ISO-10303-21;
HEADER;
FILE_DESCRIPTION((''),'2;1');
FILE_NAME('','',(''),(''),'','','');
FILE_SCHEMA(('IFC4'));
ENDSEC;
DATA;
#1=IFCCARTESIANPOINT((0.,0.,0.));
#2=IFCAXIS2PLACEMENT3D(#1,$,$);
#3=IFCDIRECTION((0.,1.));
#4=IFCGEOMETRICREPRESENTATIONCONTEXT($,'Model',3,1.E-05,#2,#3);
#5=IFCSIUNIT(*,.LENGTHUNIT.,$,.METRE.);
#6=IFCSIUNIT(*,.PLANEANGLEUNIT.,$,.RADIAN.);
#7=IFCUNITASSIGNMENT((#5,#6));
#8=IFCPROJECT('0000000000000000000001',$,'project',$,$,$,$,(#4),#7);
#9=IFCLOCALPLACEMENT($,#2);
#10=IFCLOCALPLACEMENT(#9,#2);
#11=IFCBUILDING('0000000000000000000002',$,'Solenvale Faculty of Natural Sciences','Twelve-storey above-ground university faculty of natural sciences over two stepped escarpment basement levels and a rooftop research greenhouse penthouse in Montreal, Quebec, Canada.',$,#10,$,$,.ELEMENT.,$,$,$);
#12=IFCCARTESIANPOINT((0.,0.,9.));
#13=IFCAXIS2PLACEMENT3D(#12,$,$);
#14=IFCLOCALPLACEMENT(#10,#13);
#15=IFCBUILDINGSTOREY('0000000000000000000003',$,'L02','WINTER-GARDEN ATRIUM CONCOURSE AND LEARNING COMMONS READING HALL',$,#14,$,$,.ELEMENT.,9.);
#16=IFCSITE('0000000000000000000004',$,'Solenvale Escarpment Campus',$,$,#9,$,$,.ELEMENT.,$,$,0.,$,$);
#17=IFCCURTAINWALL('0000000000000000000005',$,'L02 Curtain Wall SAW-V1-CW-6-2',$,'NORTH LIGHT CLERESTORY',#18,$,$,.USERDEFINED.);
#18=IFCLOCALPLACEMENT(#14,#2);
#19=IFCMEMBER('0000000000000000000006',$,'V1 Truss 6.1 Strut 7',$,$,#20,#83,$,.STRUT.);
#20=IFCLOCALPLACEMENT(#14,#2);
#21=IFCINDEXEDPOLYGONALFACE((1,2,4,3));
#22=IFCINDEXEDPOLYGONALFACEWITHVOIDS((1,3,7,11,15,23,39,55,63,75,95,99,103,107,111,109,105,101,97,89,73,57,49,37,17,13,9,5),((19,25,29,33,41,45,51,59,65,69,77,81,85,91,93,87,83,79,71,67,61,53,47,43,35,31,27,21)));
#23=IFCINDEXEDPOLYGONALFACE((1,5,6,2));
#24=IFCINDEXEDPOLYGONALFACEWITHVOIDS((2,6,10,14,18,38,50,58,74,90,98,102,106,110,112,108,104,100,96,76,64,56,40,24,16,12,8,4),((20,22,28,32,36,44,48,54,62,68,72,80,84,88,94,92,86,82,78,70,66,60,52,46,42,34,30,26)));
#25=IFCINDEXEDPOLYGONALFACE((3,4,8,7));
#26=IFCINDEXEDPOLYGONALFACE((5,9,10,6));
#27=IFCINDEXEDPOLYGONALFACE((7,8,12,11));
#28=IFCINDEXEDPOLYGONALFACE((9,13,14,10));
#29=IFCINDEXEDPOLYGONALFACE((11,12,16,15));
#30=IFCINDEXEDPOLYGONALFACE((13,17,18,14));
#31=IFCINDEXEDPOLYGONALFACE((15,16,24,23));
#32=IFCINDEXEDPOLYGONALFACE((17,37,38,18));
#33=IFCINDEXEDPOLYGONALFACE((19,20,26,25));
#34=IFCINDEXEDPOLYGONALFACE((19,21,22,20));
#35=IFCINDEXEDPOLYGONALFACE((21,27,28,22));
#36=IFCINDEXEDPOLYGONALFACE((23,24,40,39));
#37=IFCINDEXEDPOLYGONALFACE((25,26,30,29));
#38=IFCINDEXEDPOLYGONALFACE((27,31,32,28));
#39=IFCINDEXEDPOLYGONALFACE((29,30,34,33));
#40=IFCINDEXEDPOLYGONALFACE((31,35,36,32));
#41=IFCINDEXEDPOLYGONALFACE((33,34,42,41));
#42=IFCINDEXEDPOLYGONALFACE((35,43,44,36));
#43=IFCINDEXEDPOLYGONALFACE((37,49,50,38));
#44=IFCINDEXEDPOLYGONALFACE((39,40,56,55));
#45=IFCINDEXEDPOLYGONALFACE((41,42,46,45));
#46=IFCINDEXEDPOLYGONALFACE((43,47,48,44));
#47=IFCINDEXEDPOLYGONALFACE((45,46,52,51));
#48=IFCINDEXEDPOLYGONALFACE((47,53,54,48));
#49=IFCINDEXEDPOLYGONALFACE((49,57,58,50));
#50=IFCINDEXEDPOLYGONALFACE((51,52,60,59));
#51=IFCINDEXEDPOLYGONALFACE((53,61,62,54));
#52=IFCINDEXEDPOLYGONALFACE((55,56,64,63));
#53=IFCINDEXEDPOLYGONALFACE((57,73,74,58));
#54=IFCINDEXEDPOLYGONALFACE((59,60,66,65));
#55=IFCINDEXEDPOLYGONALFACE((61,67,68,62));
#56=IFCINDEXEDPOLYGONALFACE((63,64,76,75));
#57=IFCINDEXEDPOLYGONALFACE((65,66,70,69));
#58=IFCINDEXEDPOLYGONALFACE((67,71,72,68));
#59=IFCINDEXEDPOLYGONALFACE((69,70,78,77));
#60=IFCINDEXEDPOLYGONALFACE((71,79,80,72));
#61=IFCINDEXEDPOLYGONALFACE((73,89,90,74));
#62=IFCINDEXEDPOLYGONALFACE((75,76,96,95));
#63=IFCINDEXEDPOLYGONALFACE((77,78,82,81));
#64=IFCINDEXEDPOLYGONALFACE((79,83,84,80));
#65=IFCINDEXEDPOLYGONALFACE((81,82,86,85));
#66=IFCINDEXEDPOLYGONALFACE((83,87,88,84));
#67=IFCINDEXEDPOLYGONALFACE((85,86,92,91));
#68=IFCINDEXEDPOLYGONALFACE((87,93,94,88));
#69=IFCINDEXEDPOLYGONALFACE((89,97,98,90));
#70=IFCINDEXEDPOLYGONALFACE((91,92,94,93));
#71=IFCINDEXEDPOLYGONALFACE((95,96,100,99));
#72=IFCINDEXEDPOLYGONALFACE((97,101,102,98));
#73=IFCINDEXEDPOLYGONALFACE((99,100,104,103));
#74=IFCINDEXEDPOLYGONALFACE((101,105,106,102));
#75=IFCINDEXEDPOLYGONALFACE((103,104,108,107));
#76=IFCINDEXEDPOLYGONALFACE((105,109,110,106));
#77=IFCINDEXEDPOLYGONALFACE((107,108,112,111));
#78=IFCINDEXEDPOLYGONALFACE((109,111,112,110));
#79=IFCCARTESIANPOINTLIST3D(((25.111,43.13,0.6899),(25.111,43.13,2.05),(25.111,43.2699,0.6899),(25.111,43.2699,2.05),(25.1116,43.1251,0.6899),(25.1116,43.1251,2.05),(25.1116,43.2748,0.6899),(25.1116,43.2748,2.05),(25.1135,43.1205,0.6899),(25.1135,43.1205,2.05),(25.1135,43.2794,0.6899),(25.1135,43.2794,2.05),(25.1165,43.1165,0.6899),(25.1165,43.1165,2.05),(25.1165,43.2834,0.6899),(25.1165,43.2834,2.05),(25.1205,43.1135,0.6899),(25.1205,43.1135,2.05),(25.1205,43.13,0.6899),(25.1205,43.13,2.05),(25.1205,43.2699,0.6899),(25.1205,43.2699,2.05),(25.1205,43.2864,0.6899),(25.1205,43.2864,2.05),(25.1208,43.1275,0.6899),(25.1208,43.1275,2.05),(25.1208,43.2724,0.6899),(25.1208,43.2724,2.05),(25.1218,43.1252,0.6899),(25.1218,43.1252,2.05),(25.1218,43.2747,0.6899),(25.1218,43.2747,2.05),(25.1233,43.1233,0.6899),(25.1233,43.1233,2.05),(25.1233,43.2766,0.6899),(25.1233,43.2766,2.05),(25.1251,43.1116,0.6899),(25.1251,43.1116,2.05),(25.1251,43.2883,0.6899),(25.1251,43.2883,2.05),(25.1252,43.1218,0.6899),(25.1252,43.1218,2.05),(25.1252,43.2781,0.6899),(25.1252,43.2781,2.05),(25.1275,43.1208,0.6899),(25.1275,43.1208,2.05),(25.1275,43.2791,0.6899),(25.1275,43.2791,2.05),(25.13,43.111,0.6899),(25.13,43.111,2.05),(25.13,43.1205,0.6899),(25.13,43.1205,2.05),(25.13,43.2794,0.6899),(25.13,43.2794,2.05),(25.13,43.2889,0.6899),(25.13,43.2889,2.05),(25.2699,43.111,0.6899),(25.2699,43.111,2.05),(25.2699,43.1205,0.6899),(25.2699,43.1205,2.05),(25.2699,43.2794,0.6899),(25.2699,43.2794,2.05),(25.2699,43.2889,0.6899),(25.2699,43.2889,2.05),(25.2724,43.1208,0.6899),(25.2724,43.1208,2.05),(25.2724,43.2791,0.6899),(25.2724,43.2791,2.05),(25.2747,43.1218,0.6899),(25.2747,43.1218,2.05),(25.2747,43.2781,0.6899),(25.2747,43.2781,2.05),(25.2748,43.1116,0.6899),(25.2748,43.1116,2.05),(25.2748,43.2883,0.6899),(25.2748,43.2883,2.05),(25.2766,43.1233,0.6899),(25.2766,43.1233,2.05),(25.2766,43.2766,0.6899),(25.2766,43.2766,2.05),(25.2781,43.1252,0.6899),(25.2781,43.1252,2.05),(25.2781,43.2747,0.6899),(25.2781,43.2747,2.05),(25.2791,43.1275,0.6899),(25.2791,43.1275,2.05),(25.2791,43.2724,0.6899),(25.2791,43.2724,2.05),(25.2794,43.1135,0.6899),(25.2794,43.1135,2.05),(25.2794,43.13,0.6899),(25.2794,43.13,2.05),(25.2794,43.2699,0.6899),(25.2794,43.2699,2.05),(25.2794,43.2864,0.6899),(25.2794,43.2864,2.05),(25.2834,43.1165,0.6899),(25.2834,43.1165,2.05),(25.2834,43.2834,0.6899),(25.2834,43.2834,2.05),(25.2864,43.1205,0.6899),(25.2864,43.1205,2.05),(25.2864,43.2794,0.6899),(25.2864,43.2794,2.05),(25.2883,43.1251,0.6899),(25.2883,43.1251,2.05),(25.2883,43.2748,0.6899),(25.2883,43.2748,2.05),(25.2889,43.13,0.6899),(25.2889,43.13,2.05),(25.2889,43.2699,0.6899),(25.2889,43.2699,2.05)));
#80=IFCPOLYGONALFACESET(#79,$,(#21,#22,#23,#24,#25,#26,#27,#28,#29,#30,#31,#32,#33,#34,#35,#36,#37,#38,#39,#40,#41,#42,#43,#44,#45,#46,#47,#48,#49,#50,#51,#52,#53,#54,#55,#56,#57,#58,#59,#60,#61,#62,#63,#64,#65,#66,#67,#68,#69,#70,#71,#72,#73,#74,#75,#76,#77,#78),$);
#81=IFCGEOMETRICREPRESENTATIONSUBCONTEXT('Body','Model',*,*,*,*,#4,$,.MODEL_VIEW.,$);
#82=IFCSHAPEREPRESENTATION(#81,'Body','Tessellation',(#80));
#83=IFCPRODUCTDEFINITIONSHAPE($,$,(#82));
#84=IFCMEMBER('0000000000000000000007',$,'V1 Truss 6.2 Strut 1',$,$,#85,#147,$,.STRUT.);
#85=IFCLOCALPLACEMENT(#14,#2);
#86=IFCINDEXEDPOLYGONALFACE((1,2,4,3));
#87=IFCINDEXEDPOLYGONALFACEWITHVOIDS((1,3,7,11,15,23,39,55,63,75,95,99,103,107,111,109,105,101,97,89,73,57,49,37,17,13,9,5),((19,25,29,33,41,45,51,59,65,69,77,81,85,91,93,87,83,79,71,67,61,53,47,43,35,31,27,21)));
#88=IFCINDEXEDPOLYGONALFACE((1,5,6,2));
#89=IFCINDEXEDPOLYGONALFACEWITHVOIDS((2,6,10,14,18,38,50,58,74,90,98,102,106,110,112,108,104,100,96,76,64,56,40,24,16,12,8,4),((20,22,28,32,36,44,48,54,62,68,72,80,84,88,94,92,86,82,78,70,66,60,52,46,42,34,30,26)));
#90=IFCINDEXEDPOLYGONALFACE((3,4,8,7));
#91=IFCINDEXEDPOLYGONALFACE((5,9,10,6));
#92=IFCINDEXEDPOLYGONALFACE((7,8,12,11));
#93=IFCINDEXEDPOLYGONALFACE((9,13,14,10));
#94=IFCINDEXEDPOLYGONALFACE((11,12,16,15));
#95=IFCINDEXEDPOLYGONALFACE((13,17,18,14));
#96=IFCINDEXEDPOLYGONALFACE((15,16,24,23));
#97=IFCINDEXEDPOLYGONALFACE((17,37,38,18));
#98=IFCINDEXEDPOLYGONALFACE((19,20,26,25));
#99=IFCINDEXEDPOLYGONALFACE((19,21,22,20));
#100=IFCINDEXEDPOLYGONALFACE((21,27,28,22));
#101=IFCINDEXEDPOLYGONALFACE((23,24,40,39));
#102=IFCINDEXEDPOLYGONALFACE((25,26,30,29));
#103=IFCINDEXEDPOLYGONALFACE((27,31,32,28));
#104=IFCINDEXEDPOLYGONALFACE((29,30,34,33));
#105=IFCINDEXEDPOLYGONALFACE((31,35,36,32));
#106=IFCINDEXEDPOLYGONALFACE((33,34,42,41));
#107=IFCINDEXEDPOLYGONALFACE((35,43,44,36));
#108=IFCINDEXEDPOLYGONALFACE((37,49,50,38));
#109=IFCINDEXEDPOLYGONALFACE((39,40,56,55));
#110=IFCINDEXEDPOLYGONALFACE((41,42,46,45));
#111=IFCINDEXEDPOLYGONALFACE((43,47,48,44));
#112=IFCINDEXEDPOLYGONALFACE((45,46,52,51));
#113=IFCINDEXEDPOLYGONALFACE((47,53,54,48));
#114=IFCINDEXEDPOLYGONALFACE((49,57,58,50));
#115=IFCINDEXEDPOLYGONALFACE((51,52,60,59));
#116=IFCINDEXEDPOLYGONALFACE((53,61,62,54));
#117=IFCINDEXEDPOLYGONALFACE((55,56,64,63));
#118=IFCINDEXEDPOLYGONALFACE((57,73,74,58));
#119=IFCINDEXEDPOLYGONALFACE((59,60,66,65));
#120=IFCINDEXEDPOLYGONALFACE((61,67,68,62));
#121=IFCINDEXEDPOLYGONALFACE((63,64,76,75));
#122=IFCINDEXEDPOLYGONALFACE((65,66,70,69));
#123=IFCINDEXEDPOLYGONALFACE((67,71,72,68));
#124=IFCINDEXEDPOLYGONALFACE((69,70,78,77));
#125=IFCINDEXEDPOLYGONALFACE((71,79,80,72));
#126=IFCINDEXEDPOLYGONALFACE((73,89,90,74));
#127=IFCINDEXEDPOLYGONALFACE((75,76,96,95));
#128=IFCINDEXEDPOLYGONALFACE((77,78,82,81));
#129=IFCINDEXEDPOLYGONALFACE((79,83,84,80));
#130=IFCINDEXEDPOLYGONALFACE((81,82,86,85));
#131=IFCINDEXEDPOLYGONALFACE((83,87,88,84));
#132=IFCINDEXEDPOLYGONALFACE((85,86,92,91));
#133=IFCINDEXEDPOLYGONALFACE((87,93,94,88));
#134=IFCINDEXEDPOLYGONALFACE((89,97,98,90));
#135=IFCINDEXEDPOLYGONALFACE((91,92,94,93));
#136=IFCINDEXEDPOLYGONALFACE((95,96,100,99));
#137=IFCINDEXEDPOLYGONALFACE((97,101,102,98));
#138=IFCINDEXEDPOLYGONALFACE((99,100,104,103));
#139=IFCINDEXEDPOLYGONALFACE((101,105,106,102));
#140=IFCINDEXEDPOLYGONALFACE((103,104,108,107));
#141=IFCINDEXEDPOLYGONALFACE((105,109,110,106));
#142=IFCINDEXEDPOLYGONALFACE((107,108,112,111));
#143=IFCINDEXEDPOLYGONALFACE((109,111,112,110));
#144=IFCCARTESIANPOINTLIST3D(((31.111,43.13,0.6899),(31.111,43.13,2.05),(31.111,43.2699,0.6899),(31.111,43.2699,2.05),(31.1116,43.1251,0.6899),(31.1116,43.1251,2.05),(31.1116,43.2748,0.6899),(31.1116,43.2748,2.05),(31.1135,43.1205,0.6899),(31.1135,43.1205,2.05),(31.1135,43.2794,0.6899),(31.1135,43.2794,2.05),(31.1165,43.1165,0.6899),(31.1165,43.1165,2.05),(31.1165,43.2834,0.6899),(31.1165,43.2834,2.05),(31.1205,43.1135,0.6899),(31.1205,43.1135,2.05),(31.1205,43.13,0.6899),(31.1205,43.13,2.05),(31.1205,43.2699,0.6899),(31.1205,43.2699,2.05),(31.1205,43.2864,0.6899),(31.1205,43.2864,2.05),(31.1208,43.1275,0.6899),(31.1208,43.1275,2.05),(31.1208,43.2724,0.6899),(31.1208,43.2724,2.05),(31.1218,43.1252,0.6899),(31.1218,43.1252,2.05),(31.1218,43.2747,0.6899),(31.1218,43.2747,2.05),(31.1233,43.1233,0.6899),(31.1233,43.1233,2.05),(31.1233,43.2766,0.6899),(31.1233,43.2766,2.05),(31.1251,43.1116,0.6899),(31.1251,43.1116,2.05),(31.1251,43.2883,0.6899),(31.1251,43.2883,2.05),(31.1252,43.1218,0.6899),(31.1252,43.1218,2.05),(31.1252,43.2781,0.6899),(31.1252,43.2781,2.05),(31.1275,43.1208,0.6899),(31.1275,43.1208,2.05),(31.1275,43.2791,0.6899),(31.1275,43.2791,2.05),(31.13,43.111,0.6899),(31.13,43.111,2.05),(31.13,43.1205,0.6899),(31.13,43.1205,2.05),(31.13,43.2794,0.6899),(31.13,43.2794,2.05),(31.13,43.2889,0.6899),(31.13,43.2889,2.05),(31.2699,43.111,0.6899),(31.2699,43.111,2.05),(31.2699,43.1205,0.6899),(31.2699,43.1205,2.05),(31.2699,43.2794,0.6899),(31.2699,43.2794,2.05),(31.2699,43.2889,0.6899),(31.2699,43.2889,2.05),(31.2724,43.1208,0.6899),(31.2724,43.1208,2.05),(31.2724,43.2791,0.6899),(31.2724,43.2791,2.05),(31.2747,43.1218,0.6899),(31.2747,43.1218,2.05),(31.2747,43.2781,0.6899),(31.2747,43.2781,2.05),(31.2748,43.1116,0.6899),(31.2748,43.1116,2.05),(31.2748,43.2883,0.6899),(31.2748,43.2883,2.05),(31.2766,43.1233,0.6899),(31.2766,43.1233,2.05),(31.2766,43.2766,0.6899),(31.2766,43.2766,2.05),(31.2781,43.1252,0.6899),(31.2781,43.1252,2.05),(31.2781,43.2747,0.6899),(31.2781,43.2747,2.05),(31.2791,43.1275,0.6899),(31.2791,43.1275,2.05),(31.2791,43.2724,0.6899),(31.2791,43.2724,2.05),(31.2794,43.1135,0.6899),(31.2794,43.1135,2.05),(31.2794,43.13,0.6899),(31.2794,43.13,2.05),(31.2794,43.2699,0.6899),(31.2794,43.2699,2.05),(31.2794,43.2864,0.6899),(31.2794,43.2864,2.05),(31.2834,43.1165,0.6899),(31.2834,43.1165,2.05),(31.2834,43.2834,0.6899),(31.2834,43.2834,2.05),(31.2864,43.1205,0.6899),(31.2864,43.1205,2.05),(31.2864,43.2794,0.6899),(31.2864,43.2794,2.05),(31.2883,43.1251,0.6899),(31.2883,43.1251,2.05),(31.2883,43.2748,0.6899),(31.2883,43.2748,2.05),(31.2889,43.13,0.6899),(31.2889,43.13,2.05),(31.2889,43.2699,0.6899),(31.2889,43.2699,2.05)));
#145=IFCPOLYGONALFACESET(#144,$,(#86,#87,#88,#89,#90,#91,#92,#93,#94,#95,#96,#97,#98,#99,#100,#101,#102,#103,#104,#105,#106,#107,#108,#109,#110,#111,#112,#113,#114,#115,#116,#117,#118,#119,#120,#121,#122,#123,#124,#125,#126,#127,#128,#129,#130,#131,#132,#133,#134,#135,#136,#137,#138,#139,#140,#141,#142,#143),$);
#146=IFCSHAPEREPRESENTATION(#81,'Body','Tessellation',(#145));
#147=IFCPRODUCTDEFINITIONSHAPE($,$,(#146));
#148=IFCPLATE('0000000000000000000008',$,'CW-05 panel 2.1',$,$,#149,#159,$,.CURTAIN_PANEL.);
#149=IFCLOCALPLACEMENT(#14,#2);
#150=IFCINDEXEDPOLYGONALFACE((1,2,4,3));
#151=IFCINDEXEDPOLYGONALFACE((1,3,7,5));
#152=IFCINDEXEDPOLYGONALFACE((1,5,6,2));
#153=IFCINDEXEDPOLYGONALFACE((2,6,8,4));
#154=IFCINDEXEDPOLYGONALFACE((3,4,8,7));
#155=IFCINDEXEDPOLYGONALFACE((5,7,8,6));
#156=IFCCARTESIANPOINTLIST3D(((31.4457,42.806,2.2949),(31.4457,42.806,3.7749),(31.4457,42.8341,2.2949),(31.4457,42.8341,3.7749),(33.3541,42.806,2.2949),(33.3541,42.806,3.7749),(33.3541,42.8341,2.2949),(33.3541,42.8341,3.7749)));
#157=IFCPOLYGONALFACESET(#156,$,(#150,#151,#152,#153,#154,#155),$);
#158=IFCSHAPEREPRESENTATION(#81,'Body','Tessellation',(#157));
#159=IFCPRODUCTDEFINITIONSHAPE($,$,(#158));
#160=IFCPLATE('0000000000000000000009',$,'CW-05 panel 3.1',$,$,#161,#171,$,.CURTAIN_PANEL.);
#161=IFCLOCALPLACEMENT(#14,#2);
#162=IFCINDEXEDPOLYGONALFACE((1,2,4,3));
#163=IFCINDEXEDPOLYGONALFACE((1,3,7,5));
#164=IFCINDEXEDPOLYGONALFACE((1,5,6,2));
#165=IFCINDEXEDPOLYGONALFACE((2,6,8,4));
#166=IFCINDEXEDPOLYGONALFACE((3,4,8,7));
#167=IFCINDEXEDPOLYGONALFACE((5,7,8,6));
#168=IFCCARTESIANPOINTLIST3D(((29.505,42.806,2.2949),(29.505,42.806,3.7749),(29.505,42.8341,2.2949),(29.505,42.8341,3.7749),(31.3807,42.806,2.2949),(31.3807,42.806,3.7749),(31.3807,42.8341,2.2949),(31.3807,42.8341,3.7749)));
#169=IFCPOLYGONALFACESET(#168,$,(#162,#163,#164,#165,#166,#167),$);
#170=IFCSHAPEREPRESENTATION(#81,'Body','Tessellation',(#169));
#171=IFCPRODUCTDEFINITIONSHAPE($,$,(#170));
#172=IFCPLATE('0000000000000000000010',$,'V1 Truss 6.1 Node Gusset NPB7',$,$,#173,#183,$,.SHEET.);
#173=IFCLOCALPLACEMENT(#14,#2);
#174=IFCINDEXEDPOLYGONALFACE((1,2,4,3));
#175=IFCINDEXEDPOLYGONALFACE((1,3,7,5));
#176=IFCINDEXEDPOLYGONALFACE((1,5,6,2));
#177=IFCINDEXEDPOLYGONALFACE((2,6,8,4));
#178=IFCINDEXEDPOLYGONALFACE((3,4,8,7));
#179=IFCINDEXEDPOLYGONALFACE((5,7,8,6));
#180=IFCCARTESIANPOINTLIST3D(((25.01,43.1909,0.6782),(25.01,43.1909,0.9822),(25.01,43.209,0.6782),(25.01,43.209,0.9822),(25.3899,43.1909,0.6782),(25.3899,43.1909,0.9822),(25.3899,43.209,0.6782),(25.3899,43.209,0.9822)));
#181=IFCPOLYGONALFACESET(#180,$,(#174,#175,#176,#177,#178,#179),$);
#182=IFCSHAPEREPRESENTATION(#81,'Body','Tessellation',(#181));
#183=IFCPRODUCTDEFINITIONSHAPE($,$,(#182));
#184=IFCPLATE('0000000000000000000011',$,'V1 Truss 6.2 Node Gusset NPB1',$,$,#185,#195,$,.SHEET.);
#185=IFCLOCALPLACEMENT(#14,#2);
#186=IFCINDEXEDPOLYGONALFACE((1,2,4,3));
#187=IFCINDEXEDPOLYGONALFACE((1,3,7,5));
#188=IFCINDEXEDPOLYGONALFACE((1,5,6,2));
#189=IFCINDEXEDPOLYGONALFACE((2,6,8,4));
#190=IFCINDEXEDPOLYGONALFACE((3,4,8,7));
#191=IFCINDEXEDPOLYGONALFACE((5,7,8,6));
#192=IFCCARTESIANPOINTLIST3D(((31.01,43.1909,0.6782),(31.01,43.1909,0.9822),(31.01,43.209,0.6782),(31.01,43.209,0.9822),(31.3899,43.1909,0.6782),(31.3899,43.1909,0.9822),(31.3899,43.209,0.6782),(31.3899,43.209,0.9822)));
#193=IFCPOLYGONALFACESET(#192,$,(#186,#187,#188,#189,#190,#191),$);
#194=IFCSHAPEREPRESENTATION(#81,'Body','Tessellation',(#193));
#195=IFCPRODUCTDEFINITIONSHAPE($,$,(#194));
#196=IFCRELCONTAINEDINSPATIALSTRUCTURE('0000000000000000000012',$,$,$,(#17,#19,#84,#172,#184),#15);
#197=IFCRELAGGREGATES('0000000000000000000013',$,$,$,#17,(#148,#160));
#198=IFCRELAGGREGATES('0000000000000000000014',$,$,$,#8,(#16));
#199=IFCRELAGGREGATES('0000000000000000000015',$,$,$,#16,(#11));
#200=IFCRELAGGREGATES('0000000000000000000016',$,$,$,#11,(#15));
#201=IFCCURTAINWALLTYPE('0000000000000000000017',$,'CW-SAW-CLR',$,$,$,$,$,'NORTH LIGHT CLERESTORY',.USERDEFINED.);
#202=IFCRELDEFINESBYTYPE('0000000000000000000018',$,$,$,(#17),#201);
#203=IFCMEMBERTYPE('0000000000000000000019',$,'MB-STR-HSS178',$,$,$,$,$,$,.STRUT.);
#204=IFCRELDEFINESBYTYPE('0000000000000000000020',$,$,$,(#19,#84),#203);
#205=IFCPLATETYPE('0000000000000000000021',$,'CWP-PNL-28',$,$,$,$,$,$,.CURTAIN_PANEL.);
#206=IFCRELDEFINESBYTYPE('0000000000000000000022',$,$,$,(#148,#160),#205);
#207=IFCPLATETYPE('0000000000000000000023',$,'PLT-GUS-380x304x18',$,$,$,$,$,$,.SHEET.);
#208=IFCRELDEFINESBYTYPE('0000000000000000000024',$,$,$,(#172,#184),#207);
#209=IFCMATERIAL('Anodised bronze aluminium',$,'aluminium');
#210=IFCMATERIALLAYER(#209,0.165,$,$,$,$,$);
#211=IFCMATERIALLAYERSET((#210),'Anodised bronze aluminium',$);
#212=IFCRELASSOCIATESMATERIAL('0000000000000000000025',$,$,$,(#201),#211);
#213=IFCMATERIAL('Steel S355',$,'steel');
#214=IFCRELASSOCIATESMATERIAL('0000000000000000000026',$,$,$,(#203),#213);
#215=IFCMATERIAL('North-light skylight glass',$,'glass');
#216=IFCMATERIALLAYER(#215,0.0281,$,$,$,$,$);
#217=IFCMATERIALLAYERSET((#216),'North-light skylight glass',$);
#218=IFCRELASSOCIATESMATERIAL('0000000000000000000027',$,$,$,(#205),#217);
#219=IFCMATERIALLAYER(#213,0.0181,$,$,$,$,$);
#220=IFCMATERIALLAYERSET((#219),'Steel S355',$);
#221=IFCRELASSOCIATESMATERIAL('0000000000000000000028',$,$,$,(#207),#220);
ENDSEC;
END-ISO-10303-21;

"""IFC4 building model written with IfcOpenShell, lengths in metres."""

from ifc_helpers import new_model, si_unit, direction, frame, origin, origin_2d, place, context, subcontext, project, spatial, rectangle, hollow_rectangle, extrude, material, layer, layer_set, material_profile, profile_set, type_object, element, aggregate, save


model = new_model("IFC4")

# Units and contexts
model_context = context("Model", 3, precision=1e-05, world=origin(), true_north=direction((0.0, 1.0)))
body_context = subcontext(model_context, "Body", "Model", "MODEL_VIEW")
ifc_project = project(units=[si_unit("LENGTHUNIT", "METRE"), si_unit("PLANEANGLEUNIT", "RADIAN")], contexts=[model_context])

# Site, building, storey
site_placement = place(None, origin())
site = spatial("IfcSite", under=ifc_project, at=site_placement, Name="Solenvale Escarpment Campus", CompositionType="ELEMENT", RefElevation=0.0)
building_placement = place(site_placement, origin())
building = spatial("IfcBuilding", under=site, at=building_placement, Name="Solenvale Faculty of Natural Sciences", Description="Twelve-storey above-ground university faculty of natural sciences over two stepped escarpment basement levels and a rooftop research greenhouse penthouse in Montreal, Quebec, Canada.", CompositionType="ELEMENT")
storey_placement = place(building_placement, frame((0.0, 0.0, 9.0)))
storey = spatial("IfcBuildingStorey", under=building, at=storey_placement, Name="L02", Description="WINTER-GARDEN ATRIUM CONCOURSE AND LEARNING COMMONS READING HALL", CompositionType="ELEMENT", Elevation=9.0)

# Shared definitions
ifc_material_1 = material(Name="Steel S355", Category="steel")

# Curtain wall
ifc_material_2 = material(Name="Anodised bronze aluminium", Category="aluminium")
ifc_layer_1 = layer(ifc_material_2, 0.165)
ifc_layer_set_1 = layer_set([ifc_layer_1], Name="Anodised bronze aluminium")
curtain_wall_type = type_object("IfcCurtainWallType", Name="CW-SAW-CLR", ElementType="NORTH LIGHT CLERESTORY", PredefinedType="USERDEFINED", material=ifc_layer_set_1)
curtain_wall_placement = place(storey_placement, origin())
curtain_wall = element("IfcCurtainWall", 1, at=curtain_wall_placement, inside=storey, type_object=curtain_wall_type, Name="L02 Curtain Wall SAW-V1-CW-6-2", ObjectType="NORTH LIGHT CLERESTORY", PredefinedType="USERDEFINED")

# Members
ifc_material_profile_1 = material_profile(ifc_material_1, hollow_rectangle(XDim=0.178, YDim=0.178, WallThickness=0.0095, InnerFilletRadius=0.0095, OuterFilletRadius=0.019, at=origin_2d()), Name="HSS178x178x9.5")
ifc_profile_set_1 = profile_set([ifc_material_profile_1], Name="Steel S355")
member_type_1 = type_object("IfcMemberType", Name="MB-STR-HSS178", PredefinedType="STRUT", material=ifc_profile_set_1)
for number, where, z_axis, x_axis, name in (
    (2, (25.2, 43.2, 0.6899), (0.0, 0.0, 1.0), (1.0, 0.0, 0.0), "V1 Truss 6.1 Strut 7"),
    (3, (31.2, 43.2, 0.6899), (0.0, 0.0, 1.0), (1.0, 0.0, 0.0), "V1 Truss 6.2 Strut 1"),
):
    element("IfcMember", number, at=place(storey_placement, frame(where, z_axis=z_axis, x_axis=x_axis)), inside=storey, type_object=member_type_1, Name=name, PredefinedType="STRUT", context=body_context, shape_type="SweptSolid", body=[
        extrude(hollow_rectangle(XDim=0.178, YDim=0.178, WallThickness=0.0095, InnerFilletRadius=0.0095, OuterFilletRadius=0.019, at=origin_2d()), origin(), (0.0, 0.0, 1.0), 1.3601),
    ])

# Plates
ifc_material_3 = material(Name="North-light skylight glass", Category="glass")
ifc_layer_2 = layer(ifc_material_3, 0.0281)
ifc_layer_set_2 = layer_set([ifc_layer_2], Name="North-light skylight glass")
plate_type_1 = type_object("IfcPlateType", Name="CWP-PNL-28", PredefinedType="CURTAIN_PANEL", material=ifc_layer_set_2)
plate_1_placement = place(storey_placement, frame((32.3999, 42.8201, 2.2949), z_axis=(0.0, 0.0, 1.0), x_axis=(-1.0, 0.0, 0.0)))
plate_1 = element("IfcPlate", 4, at=plate_1_placement, type_object=plate_type_1, Name="CW-05 panel 2.1", PredefinedType="CURTAIN_PANEL", context=body_context, shape_type="SweptSolid", body=[
    extrude(rectangle(XDim=1.9084, YDim=0.0281, at=origin_2d()), origin(), (0.0, 0.0, 1.0), 1.48),
])
plate_2_placement = place(storey_placement, frame((30.4429, 42.8201, 2.2949), z_axis=(0.0, 0.0, 1.0), x_axis=(-1.0, 0.0, 0.0)))
plate_2 = element("IfcPlate", 5, at=plate_2_placement, type_object=plate_type_1, Name="CW-05 panel 3.1", PredefinedType="CURTAIN_PANEL", context=body_context, shape_type="SweptSolid", body=[
    extrude(rectangle(XDim=1.8757, YDim=0.0281, at=origin_2d()), origin(), (0.0, 0.0, 1.0), 1.48),
])
aggregate(curtain_wall, [plate_1, plate_2])

# Plates
ifc_layer_3 = layer(ifc_material_1, 0.0181)
ifc_layer_set_3 = layer_set([ifc_layer_3], Name="Steel S355")
plate_type_2 = type_object("IfcPlateType", Name="PLT-GUS-380x304x18", PredefinedType="SHEET", material=ifc_layer_set_3)
for number, where, z_axis, x_axis, name in (
    (6, (25.2, 43.2, 0.6782), (0.0, 0.0, 1.0), (1.0, 0.0, 0.0), "V1 Truss 6.1 Node Gusset NPB7"),
    (7, (31.2, 43.2, 0.6782), (0.0, 0.0, 1.0), (1.0, 0.0, 0.0), "V1 Truss 6.2 Node Gusset NPB1"),
):
    element("IfcPlate", number, at=place(storey_placement, frame(where, z_axis=z_axis, x_axis=x_axis)), inside=storey, type_object=plate_type_2, Name=name, PredefinedType="SHEET", context=body_context, shape_type="SweptSolid", body=[
        extrude(rectangle(XDim=0.3799, YDim=0.0181, at=origin_2d()), origin(), (0.0, 0.0, 1.0), 0.304),
    ])

save(model, "model.ifc")
